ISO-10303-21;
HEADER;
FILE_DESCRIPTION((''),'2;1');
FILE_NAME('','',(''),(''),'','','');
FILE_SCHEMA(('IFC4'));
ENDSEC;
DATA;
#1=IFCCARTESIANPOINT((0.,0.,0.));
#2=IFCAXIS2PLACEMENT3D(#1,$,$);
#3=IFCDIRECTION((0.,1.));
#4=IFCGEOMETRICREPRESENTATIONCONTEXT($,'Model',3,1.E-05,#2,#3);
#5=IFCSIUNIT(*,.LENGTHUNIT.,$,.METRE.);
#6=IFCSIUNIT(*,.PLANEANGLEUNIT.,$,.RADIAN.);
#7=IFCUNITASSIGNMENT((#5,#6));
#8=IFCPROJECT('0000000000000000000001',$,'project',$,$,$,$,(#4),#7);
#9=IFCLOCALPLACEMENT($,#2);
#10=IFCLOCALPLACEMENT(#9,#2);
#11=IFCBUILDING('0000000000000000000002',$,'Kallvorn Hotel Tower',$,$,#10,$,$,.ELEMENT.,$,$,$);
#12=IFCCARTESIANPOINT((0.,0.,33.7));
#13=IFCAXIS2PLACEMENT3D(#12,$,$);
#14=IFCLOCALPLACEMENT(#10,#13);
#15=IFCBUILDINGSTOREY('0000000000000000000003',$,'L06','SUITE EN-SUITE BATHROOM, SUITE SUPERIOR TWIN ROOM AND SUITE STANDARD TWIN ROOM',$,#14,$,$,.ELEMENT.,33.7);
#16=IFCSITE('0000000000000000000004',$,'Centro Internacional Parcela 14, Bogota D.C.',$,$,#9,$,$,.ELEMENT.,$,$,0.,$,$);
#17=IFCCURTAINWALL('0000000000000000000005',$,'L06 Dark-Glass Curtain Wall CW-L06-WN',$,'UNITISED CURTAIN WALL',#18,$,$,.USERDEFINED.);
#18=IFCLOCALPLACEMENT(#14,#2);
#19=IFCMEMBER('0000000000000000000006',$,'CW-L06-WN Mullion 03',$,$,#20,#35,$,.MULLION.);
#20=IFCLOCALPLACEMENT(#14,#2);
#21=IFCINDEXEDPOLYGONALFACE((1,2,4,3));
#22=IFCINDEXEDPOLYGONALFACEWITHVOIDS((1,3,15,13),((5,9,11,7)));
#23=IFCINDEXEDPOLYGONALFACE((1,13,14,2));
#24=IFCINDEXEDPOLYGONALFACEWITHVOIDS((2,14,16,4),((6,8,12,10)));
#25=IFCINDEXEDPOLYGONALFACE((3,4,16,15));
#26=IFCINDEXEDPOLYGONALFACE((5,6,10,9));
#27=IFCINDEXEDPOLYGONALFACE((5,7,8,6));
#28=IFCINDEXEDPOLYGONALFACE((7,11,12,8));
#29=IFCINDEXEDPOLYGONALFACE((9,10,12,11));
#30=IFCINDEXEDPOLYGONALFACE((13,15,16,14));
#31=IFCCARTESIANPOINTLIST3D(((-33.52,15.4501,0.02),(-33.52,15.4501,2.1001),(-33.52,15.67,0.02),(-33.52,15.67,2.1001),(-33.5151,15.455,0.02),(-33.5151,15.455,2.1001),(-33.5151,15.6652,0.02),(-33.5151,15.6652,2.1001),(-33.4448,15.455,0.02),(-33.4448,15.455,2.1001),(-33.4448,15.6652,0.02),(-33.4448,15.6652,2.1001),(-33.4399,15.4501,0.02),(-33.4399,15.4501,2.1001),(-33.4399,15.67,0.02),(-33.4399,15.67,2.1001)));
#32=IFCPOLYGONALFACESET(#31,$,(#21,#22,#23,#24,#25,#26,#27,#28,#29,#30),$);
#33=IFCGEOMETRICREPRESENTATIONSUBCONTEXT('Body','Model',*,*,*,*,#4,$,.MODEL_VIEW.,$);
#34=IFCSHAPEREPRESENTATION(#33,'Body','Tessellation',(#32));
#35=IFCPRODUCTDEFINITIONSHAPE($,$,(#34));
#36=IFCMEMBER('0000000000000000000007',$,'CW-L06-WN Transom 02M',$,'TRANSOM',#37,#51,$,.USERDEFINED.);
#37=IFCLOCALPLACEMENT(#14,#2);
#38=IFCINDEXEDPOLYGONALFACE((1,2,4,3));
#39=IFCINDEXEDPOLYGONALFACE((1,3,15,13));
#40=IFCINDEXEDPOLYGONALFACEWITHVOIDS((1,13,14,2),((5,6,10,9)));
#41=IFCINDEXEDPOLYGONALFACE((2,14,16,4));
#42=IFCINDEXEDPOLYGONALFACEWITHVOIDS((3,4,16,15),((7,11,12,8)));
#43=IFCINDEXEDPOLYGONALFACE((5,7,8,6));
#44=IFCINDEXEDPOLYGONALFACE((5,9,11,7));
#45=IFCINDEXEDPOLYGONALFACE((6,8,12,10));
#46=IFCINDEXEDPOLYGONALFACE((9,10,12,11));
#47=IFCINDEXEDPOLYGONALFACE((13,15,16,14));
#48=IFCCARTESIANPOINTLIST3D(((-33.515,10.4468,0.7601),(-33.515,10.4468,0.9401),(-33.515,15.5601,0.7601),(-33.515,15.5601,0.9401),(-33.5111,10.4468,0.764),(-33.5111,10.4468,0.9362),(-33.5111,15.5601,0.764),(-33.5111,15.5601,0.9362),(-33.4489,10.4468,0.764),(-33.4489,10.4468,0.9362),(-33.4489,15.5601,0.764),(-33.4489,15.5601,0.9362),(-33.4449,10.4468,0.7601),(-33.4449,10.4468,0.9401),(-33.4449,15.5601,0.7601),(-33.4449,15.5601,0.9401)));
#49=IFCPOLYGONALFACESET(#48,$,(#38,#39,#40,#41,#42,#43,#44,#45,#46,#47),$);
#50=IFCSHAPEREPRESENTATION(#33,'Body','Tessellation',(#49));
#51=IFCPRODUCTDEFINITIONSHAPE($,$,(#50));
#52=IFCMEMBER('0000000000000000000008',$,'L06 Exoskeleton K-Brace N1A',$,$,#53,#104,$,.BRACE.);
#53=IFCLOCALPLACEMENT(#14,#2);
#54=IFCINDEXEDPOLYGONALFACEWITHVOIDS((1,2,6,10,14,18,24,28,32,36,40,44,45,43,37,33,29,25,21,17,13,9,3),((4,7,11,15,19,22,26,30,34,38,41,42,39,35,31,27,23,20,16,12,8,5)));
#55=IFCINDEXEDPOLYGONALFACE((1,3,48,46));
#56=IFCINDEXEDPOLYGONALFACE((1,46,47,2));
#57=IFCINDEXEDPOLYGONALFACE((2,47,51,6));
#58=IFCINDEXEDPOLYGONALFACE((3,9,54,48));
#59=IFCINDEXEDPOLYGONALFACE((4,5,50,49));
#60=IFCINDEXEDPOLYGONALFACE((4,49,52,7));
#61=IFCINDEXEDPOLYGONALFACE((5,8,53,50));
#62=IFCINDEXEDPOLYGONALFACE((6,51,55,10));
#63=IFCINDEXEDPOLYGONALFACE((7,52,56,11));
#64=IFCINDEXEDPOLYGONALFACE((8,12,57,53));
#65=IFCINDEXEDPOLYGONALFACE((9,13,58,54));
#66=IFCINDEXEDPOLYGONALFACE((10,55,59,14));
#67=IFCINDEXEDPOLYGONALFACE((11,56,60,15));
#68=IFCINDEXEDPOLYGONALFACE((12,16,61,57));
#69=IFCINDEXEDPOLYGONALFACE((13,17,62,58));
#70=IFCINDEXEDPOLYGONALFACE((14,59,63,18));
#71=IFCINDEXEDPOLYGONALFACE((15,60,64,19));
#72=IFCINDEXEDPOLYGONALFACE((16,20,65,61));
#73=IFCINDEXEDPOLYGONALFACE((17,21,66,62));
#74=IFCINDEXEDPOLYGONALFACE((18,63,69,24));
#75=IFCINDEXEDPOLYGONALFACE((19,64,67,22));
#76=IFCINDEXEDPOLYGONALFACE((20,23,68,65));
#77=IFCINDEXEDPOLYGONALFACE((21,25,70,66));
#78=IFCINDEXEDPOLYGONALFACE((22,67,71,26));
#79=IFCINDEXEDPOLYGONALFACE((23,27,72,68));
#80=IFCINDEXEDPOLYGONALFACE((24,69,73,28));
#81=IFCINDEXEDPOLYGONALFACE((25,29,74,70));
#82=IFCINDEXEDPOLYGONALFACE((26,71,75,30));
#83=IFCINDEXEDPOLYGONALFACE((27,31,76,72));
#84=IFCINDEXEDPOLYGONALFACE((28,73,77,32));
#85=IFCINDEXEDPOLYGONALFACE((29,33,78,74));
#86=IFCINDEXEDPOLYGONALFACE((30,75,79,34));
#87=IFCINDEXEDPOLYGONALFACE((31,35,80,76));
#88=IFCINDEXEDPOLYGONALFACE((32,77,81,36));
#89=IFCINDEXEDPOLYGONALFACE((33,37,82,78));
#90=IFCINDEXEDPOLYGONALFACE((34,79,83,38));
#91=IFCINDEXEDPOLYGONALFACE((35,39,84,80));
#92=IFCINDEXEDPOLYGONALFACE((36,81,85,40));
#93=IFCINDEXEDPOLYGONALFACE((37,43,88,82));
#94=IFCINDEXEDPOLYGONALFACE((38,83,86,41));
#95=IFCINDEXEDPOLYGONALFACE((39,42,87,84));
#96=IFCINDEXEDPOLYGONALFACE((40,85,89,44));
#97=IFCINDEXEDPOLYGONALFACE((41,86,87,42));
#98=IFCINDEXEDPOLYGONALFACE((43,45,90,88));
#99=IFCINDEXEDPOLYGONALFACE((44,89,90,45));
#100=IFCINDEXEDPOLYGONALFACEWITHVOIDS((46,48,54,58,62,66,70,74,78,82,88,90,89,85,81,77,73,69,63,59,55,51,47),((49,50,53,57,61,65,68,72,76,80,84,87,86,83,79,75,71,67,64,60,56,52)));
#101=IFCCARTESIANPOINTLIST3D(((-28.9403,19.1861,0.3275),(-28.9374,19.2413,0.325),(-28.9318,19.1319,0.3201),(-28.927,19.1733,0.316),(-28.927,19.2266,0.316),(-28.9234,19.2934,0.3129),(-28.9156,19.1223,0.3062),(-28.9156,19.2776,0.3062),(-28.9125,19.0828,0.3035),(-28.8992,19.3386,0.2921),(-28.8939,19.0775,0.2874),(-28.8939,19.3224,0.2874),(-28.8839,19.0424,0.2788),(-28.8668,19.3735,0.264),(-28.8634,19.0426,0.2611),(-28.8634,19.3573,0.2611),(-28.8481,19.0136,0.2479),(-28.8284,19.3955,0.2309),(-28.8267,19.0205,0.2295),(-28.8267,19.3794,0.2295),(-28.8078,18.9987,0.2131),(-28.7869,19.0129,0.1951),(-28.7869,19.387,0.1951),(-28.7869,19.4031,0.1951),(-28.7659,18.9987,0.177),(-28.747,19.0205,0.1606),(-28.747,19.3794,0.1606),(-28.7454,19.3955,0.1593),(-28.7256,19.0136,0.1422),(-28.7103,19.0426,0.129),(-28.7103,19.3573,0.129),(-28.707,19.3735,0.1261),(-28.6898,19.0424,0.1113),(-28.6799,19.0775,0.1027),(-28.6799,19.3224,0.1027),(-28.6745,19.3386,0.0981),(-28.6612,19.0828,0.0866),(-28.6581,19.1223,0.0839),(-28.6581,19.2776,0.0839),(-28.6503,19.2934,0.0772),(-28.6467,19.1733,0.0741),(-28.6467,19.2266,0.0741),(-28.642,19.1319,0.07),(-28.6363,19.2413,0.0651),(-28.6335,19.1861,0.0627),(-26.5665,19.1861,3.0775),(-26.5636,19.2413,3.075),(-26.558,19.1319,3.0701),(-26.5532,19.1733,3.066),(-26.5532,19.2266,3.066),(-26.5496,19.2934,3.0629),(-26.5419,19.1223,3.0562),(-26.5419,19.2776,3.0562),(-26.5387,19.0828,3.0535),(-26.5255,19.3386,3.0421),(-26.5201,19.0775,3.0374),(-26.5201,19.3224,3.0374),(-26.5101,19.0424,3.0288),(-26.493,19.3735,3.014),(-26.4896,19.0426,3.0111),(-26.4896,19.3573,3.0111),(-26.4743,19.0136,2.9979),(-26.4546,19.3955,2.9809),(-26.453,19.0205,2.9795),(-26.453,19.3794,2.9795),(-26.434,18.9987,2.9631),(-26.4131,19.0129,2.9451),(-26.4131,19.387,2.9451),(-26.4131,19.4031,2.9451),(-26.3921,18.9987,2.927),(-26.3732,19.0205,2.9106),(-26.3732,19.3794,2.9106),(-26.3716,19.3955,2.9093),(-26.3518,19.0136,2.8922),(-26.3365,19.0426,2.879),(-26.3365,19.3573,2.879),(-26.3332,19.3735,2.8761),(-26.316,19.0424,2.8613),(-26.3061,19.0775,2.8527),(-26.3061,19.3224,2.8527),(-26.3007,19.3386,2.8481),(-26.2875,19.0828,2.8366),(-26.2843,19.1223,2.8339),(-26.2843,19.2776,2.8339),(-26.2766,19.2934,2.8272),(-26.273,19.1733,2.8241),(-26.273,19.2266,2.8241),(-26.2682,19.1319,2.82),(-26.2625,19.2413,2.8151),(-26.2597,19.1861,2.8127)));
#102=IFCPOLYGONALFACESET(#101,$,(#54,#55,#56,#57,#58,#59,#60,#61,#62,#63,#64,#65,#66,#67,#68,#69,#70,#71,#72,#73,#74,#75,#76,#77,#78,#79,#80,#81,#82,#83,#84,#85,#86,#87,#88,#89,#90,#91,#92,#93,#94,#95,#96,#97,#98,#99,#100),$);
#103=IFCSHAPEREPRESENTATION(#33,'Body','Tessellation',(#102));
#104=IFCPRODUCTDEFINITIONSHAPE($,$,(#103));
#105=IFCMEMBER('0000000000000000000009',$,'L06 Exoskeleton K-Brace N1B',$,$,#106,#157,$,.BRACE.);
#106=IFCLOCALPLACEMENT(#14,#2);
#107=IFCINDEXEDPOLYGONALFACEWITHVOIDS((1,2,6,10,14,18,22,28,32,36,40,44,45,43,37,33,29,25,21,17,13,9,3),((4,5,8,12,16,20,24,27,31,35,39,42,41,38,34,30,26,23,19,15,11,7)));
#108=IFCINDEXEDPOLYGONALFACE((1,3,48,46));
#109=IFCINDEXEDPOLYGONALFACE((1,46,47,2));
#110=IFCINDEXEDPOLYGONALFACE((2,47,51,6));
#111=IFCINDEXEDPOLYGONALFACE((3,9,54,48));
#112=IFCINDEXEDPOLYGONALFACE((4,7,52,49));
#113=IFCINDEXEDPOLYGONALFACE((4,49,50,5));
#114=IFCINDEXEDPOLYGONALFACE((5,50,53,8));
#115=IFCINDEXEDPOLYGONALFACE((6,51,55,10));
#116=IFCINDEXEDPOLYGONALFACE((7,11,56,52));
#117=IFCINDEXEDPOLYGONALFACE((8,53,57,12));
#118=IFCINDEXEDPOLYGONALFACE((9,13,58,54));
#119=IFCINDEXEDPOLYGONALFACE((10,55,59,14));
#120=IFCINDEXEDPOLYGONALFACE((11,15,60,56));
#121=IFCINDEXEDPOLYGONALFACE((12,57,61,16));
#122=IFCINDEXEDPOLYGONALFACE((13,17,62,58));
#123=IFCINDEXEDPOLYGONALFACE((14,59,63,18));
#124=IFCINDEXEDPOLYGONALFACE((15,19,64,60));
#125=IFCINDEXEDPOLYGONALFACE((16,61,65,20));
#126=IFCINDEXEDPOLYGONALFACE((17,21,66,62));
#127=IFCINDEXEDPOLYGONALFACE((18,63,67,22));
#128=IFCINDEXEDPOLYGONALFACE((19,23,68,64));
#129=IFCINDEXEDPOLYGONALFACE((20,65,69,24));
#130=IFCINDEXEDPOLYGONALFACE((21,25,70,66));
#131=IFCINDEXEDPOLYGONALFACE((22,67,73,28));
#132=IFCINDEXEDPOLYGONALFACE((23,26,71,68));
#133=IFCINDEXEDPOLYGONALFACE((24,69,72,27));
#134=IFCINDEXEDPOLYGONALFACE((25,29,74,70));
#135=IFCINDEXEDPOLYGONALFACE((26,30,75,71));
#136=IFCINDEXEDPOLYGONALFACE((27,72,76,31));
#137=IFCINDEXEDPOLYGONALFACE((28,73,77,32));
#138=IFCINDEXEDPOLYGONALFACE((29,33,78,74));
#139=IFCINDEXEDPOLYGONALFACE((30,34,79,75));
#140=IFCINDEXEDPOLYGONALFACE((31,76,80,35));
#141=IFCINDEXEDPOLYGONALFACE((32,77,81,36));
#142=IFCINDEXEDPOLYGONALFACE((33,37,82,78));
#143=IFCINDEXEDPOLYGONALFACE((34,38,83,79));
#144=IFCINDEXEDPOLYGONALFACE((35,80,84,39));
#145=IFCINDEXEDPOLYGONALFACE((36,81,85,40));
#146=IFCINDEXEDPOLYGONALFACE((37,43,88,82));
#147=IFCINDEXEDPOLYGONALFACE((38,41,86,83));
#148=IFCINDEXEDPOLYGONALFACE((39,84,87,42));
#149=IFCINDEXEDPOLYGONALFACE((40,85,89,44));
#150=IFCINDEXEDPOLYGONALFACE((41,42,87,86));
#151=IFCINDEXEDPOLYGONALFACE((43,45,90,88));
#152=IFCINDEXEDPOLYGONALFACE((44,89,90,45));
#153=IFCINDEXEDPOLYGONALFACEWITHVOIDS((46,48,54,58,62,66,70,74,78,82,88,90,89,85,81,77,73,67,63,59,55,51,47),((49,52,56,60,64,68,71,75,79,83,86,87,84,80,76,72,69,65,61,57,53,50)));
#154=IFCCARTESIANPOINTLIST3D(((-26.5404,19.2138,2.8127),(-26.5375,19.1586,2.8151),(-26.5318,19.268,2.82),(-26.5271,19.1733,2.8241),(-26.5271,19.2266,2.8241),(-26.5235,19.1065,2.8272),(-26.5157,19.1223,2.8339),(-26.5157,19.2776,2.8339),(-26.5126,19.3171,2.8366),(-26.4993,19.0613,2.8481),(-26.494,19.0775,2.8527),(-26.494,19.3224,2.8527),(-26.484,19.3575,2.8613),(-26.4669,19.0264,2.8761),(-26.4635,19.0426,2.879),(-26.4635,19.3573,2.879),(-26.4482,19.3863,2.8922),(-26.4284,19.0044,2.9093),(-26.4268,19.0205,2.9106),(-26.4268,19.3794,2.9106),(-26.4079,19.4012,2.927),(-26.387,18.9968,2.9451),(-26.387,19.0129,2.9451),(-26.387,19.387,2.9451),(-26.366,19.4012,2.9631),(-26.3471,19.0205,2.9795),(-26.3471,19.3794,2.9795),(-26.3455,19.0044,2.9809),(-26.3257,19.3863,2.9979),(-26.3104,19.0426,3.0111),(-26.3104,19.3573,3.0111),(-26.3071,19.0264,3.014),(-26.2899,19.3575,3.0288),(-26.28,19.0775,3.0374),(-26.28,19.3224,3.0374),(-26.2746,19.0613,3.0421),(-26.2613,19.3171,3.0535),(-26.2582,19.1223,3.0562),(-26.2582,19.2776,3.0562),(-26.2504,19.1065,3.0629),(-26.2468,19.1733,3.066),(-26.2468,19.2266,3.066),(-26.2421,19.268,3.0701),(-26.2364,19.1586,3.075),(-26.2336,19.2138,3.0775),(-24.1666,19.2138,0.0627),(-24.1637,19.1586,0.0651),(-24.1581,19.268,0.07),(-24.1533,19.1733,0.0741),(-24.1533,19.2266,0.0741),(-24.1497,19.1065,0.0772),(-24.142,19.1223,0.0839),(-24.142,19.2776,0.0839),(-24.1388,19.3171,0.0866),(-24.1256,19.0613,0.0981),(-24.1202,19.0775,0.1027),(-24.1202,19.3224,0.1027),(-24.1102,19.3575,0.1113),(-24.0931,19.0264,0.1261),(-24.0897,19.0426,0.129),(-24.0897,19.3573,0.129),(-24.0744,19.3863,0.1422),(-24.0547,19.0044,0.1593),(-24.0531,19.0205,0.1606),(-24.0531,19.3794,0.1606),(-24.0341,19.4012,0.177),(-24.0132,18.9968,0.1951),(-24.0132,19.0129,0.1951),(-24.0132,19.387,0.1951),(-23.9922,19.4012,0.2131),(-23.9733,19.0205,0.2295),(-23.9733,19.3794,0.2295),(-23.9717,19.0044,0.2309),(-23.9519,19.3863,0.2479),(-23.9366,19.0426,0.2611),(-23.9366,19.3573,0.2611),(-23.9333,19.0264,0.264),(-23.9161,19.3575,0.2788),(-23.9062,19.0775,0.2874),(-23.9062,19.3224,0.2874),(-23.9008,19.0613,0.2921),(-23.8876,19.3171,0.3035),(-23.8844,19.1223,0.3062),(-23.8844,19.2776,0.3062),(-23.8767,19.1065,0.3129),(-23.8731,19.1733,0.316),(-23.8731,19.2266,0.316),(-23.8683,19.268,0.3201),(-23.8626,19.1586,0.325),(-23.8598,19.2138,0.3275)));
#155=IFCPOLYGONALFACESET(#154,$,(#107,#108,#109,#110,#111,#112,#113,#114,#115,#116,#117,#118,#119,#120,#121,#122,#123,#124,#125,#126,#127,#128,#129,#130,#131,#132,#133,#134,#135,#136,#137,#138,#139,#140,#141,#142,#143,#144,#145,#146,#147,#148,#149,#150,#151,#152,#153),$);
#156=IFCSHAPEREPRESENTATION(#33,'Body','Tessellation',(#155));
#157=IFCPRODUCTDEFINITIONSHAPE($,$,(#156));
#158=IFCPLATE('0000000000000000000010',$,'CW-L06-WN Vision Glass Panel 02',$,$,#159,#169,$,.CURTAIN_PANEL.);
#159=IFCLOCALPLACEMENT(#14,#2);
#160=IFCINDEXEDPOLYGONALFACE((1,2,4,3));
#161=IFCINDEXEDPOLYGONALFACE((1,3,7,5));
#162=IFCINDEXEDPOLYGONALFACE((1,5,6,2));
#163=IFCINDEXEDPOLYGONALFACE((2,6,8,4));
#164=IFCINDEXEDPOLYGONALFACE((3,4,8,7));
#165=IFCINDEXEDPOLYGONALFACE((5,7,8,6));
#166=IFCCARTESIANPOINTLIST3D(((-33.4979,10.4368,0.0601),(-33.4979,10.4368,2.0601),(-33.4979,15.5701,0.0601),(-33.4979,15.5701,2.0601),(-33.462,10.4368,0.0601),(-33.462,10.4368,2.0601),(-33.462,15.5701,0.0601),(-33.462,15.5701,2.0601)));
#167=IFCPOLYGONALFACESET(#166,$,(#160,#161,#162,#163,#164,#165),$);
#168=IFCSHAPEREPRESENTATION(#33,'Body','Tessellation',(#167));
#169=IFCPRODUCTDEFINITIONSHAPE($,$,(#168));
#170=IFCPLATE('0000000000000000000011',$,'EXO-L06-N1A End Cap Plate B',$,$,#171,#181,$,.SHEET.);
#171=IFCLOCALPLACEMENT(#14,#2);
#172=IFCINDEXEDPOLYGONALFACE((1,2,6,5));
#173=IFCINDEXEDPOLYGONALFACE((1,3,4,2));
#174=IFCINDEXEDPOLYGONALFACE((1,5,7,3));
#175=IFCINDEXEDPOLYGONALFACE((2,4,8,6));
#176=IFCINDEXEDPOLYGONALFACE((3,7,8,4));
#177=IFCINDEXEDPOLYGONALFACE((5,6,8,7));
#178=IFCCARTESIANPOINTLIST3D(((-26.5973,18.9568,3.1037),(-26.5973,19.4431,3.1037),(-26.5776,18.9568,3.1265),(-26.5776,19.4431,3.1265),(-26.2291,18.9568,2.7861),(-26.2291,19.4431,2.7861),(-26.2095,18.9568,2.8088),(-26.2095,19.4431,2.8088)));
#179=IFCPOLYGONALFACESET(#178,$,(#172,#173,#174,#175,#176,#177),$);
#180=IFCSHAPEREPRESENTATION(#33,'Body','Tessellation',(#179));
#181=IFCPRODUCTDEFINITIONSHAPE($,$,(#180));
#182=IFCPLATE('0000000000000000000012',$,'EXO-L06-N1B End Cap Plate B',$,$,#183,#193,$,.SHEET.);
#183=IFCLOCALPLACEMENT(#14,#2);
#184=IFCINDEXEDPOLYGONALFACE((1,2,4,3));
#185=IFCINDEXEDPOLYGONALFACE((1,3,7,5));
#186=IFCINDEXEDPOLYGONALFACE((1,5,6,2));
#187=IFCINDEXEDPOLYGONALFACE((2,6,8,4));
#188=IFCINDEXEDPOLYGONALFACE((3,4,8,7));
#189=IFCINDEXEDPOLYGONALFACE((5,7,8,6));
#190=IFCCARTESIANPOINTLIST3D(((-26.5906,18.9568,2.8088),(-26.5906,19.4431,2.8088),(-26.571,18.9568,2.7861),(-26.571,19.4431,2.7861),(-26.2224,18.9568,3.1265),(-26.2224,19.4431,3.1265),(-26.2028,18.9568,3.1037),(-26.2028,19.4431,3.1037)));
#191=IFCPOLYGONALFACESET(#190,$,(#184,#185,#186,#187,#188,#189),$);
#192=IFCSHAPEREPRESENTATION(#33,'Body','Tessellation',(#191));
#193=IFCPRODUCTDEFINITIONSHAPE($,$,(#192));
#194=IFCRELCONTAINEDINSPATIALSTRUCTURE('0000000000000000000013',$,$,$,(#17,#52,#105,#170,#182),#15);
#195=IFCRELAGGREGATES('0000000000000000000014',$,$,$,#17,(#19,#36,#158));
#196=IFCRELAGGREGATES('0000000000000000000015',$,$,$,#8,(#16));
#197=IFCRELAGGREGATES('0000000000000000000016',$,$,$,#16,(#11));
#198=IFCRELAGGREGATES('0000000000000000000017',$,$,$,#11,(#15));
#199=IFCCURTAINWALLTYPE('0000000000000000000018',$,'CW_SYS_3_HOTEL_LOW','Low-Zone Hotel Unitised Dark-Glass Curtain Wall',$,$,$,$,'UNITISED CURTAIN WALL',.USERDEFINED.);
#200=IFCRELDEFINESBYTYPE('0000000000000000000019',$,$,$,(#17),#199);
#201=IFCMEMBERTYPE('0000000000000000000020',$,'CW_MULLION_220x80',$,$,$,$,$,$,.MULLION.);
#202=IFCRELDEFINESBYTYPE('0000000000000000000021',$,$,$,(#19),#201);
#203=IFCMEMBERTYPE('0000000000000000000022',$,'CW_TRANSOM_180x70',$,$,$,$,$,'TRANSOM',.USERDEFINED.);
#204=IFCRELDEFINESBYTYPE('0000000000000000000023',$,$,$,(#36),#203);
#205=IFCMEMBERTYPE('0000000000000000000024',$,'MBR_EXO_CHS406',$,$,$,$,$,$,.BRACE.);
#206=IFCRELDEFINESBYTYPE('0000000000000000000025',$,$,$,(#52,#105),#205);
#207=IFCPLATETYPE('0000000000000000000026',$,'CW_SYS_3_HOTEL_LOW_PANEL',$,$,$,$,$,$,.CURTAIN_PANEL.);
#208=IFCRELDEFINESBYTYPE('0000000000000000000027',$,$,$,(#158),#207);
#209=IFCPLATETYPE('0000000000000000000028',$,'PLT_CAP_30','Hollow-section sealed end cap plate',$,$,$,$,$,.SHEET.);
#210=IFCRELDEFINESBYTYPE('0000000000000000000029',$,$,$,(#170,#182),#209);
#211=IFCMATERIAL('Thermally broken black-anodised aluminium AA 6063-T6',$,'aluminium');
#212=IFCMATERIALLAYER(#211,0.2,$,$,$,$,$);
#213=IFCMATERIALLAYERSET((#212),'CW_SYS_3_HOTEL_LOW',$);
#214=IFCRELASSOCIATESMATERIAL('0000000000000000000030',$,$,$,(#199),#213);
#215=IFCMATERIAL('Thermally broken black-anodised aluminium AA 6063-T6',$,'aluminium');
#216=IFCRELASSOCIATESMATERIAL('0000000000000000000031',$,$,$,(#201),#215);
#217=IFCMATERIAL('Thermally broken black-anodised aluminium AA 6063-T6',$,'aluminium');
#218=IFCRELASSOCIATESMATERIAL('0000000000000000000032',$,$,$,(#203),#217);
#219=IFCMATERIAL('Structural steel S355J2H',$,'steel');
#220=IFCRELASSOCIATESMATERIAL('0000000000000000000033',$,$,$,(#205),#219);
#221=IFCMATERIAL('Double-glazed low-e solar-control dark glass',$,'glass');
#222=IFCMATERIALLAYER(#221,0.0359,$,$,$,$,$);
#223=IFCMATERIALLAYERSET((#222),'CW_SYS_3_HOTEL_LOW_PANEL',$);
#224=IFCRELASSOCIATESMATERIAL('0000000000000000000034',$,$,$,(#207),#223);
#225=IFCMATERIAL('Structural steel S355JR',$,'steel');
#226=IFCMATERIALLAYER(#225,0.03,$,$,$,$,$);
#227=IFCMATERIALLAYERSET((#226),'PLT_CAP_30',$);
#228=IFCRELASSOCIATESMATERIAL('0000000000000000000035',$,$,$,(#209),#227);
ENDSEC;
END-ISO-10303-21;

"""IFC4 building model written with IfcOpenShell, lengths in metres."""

from ifc_helpers import new_model, si_unit, direction, frame, origin, origin_2d, place, context, subcontext, project, spatial, polyline, rectangle, hollow_rectangle, hollow_circle, outline, extrude, material, layer, layer_set, material_profile, profile_set, type_object, element, aggregate, save


model = new_model("IFC4")

# Units and contexts
model_context = context("Model", 3, precision=1e-05, world=origin(), true_north=direction((0.0, 1.0)))
body_context = subcontext(model_context, "Body", "Model", "MODEL_VIEW")
ifc_project = project(units=[si_unit("LENGTHUNIT", "METRE"), si_unit("PLANEANGLEUNIT", "RADIAN")], contexts=[model_context])

# Site, building, storey
site_placement = place(None, origin())
site = spatial("IfcSite", under=ifc_project, at=site_placement, Name="Centro Internacional Parcela 14, Bogota D.C.", CompositionType="ELEMENT", RefElevation=0.0)
building_placement = place(site_placement, origin())
building = spatial("IfcBuilding", under=site, at=building_placement, Name="Kallvorn Hotel Tower", CompositionType="ELEMENT")
storey_placement = place(building_placement, frame((0.0, 0.0, 33.7)))
storey = spatial("IfcBuildingStorey", under=building, at=storey_placement, Name="L06", Description="SUITE EN-SUITE BATHROOM, SUITE SUPERIOR TWIN ROOM AND SUITE STANDARD TWIN ROOM", CompositionType="ELEMENT", Elevation=33.7)

# Curtain wall, members
ifc_material_1 = material(Name="Thermally broken black-anodised aluminium AA 6063-T6", Category="aluminium")
ifc_layer_1 = layer(ifc_material_1, 0.2)
ifc_layer_set_1 = layer_set([ifc_layer_1], Name="CW_SYS_3_HOTEL_LOW")
curtain_wall_type = type_object("IfcCurtainWallType", Name="CW_SYS_3_HOTEL_LOW", Description="Low-Zone Hotel Unitised Dark-Glass Curtain Wall", ElementType="UNITISED CURTAIN WALL", PredefinedType="USERDEFINED", material=ifc_layer_set_1)
curtain_wall_placement = place(storey_placement, origin())
curtain_wall = element("IfcCurtainWall", 1, at=curtain_wall_placement, inside=storey, type_object=curtain_wall_type, Name="L06 Dark-Glass Curtain Wall CW-L06-WN", ObjectType="UNITISED CURTAIN WALL", PredefinedType="USERDEFINED")
ifc_material_2 = material(Name="Thermally broken black-anodised aluminium AA 6063-T6", Category="aluminium")
ifc_material_profile_1 = material_profile(ifc_material_2, hollow_rectangle(XDim=0.0801, YDim=0.22, WallThickness=0.0049, at=origin_2d()), Name="MUL 220x80")
ifc_profile_set_1 = profile_set([ifc_material_profile_1], Name="Thermally broken black-anodised aluminium AA 6063-T6")
member_type_1 = type_object("IfcMemberType", Name="CW_MULLION_220x80", PredefinedType="MULLION", material=ifc_profile_set_1)
member_1_placement = place(storey_placement, frame((-33.48, 15.5601, 0.02), z_axis=(0.0, 0.0, 1.0), x_axis=(1.0, 0.0, 0.0)))
member_1 = element("IfcMember", 2, at=member_1_placement, type_object=member_type_1, Name="CW-L06-WN Mullion 03", PredefinedType="MULLION", context=body_context, shape_type="SweptSolid", body=[
    extrude(hollow_rectangle(XDim=0.0801, YDim=0.22, WallThickness=0.0049, at=origin_2d()), origin(), (0.0, 0.0, 1.0), 2.0801),
])
ifc_material_3 = material(Name="Thermally broken black-anodised aluminium AA 6063-T6", Category="aluminium")
ifc_material_profile_2 = material_profile(ifc_material_3, hollow_rectangle(XDim=0.0701, YDim=0.1799, WallThickness=0.0039, at=origin_2d()), Name="TRN 180x70")
ifc_profile_set_2 = profile_set([ifc_material_profile_2], Name="Thermally broken black-anodised aluminium AA 6063-T6")
member_type_2 = type_object("IfcMemberType", Name="CW_TRANSOM_180x70", ElementType="TRANSOM", PredefinedType="USERDEFINED", material=ifc_profile_set_2)
member_2_placement = place(storey_placement, frame((-33.48, 10.4468, 0.8501), z_axis=(0.0, 1.0, 0.0), x_axis=(-1.0, 0.0, 0.0)))
member_2 = element("IfcMember", 3, at=member_2_placement, type_object=member_type_2, Name="CW-L06-WN Transom 02M", ObjectType="TRANSOM", PredefinedType="USERDEFINED", context=body_context, shape_type="SweptSolid", body=[
    extrude(hollow_rectangle(XDim=0.0701, YDim=0.1799, WallThickness=0.0039, at=origin_2d()), origin(), (0.0, 0.0, 1.0), 5.1133),
])

# Members
ifc_material_4 = material(Name="Structural steel S355J2H", Category="steel")
ifc_material_profile_3 = material_profile(ifc_material_4, hollow_circle(Radius=0.2031, WallThickness=0.0161, at=origin_2d()), Name="CHS 406.4x16")
ifc_profile_set_3 = profile_set([ifc_material_profile_3], Name="Structural steel S355J2H")
member_type_3 = type_object("IfcMemberType", Name="MBR_EXO_CHS406", PredefinedType="BRACE", material=ifc_profile_set_3)
for number, where, z_axis, x_axis, name in (
    (4, (-28.7869, 19.2, 0.1951), (0.653427, 0.0, 0.756989), (0.0, 1.0, 0.0), "L06 Exoskeleton K-Brace N1A"),
    (5, (-24.0132, 19.2, 0.1951), (-0.653427, 0.0, 0.756989), (0.0, -1.0, 0.0), "L06 Exoskeleton K-Brace N1B"),
):
    element("IfcMember", number, at=place(storey_placement, frame(where, z_axis=z_axis, x_axis=x_axis)), inside=storey, type_object=member_type_3, Name=name, PredefinedType="BRACE", context=body_context, shape_type="SweptSolid", body=[
        extrude(hollow_circle(Radius=0.2031, WallThickness=0.0161, at=origin_2d()), origin(), (0.0, 0.0, 1.0), 3.6328),
    ])

# Plate
ifc_material_5 = material(Name="Double-glazed low-e solar-control dark glass", Category="glass")
ifc_layer_2 = layer(ifc_material_5, 0.0359)
ifc_layer_set_2 = layer_set([ifc_layer_2], Name="CW_SYS_3_HOTEL_LOW_PANEL")
plate_type_1 = type_object("IfcPlateType", Name="CW_SYS_3_HOTEL_LOW_PANEL", PredefinedType="CURTAIN_PANEL", material=ifc_layer_set_2)
plate_1_placement = place(storey_placement, frame((-33.48, 13.0034, 0.0601), z_axis=(0.0, 0.0, 1.0), x_axis=(0.0, 1.0, 0.0)))
plate_1 = element("IfcPlate", 6, at=plate_1_placement, type_object=plate_type_1, Name="CW-L06-WN Vision Glass Panel 02", PredefinedType="CURTAIN_PANEL", context=body_context, shape_type="SweptSolid", body=[
    extrude(rectangle(XDim=5.1333, YDim=0.0359, at=origin_2d()), origin(), (0.0, 0.0, 1.0), 2.0),
])
aggregate(curtain_wall, [member_1, member_2, plate_1])

# Plates
ifc_material_6 = material(Name="Structural steel S355JR", Category="steel")
ifc_layer_3 = layer(ifc_material_6, 0.03)
ifc_layer_set_3 = layer_set([ifc_layer_3], Name="PLT_CAP_30")
plate_type_2 = type_object("IfcPlateType", Name="PLT_CAP_30", Description="Hollow-section sealed end cap plate", PredefinedType="SHEET", material=ifc_layer_set_3)
for number, where, z_axis, x_axis, name in (
    (7, (-26.2095, 18.9568, 2.8088), (0.653228, 0.0, 0.757162), (0.0, 1.0, 0.0), "EXO-L06-N1A End Cap Plate B"),
    (8, (-26.5906, 19.4431, 2.8088), (-0.653228, 0.0, 0.757162), (0.0, -1.0, 0.0), "EXO-L06-N1B End Cap Plate B"),
):
    element("IfcPlate", number, at=place(storey_placement, frame(where, z_axis=z_axis, x_axis=x_axis)), inside=storey, type_object=plate_type_2, Name=name, PredefinedType="SHEET", context=body_context, shape_type="SweptSolid", body=[
        extrude(outline(polyline([(0.0, 0.0), (0.4863, 0.0), (0.4863, 0.4862), (0.0, 0.4862), (0.0, 0.0)])), origin(), (0.0, 0.0, -1.0), 0.03),
    ])

save(model, "model.ifc")
